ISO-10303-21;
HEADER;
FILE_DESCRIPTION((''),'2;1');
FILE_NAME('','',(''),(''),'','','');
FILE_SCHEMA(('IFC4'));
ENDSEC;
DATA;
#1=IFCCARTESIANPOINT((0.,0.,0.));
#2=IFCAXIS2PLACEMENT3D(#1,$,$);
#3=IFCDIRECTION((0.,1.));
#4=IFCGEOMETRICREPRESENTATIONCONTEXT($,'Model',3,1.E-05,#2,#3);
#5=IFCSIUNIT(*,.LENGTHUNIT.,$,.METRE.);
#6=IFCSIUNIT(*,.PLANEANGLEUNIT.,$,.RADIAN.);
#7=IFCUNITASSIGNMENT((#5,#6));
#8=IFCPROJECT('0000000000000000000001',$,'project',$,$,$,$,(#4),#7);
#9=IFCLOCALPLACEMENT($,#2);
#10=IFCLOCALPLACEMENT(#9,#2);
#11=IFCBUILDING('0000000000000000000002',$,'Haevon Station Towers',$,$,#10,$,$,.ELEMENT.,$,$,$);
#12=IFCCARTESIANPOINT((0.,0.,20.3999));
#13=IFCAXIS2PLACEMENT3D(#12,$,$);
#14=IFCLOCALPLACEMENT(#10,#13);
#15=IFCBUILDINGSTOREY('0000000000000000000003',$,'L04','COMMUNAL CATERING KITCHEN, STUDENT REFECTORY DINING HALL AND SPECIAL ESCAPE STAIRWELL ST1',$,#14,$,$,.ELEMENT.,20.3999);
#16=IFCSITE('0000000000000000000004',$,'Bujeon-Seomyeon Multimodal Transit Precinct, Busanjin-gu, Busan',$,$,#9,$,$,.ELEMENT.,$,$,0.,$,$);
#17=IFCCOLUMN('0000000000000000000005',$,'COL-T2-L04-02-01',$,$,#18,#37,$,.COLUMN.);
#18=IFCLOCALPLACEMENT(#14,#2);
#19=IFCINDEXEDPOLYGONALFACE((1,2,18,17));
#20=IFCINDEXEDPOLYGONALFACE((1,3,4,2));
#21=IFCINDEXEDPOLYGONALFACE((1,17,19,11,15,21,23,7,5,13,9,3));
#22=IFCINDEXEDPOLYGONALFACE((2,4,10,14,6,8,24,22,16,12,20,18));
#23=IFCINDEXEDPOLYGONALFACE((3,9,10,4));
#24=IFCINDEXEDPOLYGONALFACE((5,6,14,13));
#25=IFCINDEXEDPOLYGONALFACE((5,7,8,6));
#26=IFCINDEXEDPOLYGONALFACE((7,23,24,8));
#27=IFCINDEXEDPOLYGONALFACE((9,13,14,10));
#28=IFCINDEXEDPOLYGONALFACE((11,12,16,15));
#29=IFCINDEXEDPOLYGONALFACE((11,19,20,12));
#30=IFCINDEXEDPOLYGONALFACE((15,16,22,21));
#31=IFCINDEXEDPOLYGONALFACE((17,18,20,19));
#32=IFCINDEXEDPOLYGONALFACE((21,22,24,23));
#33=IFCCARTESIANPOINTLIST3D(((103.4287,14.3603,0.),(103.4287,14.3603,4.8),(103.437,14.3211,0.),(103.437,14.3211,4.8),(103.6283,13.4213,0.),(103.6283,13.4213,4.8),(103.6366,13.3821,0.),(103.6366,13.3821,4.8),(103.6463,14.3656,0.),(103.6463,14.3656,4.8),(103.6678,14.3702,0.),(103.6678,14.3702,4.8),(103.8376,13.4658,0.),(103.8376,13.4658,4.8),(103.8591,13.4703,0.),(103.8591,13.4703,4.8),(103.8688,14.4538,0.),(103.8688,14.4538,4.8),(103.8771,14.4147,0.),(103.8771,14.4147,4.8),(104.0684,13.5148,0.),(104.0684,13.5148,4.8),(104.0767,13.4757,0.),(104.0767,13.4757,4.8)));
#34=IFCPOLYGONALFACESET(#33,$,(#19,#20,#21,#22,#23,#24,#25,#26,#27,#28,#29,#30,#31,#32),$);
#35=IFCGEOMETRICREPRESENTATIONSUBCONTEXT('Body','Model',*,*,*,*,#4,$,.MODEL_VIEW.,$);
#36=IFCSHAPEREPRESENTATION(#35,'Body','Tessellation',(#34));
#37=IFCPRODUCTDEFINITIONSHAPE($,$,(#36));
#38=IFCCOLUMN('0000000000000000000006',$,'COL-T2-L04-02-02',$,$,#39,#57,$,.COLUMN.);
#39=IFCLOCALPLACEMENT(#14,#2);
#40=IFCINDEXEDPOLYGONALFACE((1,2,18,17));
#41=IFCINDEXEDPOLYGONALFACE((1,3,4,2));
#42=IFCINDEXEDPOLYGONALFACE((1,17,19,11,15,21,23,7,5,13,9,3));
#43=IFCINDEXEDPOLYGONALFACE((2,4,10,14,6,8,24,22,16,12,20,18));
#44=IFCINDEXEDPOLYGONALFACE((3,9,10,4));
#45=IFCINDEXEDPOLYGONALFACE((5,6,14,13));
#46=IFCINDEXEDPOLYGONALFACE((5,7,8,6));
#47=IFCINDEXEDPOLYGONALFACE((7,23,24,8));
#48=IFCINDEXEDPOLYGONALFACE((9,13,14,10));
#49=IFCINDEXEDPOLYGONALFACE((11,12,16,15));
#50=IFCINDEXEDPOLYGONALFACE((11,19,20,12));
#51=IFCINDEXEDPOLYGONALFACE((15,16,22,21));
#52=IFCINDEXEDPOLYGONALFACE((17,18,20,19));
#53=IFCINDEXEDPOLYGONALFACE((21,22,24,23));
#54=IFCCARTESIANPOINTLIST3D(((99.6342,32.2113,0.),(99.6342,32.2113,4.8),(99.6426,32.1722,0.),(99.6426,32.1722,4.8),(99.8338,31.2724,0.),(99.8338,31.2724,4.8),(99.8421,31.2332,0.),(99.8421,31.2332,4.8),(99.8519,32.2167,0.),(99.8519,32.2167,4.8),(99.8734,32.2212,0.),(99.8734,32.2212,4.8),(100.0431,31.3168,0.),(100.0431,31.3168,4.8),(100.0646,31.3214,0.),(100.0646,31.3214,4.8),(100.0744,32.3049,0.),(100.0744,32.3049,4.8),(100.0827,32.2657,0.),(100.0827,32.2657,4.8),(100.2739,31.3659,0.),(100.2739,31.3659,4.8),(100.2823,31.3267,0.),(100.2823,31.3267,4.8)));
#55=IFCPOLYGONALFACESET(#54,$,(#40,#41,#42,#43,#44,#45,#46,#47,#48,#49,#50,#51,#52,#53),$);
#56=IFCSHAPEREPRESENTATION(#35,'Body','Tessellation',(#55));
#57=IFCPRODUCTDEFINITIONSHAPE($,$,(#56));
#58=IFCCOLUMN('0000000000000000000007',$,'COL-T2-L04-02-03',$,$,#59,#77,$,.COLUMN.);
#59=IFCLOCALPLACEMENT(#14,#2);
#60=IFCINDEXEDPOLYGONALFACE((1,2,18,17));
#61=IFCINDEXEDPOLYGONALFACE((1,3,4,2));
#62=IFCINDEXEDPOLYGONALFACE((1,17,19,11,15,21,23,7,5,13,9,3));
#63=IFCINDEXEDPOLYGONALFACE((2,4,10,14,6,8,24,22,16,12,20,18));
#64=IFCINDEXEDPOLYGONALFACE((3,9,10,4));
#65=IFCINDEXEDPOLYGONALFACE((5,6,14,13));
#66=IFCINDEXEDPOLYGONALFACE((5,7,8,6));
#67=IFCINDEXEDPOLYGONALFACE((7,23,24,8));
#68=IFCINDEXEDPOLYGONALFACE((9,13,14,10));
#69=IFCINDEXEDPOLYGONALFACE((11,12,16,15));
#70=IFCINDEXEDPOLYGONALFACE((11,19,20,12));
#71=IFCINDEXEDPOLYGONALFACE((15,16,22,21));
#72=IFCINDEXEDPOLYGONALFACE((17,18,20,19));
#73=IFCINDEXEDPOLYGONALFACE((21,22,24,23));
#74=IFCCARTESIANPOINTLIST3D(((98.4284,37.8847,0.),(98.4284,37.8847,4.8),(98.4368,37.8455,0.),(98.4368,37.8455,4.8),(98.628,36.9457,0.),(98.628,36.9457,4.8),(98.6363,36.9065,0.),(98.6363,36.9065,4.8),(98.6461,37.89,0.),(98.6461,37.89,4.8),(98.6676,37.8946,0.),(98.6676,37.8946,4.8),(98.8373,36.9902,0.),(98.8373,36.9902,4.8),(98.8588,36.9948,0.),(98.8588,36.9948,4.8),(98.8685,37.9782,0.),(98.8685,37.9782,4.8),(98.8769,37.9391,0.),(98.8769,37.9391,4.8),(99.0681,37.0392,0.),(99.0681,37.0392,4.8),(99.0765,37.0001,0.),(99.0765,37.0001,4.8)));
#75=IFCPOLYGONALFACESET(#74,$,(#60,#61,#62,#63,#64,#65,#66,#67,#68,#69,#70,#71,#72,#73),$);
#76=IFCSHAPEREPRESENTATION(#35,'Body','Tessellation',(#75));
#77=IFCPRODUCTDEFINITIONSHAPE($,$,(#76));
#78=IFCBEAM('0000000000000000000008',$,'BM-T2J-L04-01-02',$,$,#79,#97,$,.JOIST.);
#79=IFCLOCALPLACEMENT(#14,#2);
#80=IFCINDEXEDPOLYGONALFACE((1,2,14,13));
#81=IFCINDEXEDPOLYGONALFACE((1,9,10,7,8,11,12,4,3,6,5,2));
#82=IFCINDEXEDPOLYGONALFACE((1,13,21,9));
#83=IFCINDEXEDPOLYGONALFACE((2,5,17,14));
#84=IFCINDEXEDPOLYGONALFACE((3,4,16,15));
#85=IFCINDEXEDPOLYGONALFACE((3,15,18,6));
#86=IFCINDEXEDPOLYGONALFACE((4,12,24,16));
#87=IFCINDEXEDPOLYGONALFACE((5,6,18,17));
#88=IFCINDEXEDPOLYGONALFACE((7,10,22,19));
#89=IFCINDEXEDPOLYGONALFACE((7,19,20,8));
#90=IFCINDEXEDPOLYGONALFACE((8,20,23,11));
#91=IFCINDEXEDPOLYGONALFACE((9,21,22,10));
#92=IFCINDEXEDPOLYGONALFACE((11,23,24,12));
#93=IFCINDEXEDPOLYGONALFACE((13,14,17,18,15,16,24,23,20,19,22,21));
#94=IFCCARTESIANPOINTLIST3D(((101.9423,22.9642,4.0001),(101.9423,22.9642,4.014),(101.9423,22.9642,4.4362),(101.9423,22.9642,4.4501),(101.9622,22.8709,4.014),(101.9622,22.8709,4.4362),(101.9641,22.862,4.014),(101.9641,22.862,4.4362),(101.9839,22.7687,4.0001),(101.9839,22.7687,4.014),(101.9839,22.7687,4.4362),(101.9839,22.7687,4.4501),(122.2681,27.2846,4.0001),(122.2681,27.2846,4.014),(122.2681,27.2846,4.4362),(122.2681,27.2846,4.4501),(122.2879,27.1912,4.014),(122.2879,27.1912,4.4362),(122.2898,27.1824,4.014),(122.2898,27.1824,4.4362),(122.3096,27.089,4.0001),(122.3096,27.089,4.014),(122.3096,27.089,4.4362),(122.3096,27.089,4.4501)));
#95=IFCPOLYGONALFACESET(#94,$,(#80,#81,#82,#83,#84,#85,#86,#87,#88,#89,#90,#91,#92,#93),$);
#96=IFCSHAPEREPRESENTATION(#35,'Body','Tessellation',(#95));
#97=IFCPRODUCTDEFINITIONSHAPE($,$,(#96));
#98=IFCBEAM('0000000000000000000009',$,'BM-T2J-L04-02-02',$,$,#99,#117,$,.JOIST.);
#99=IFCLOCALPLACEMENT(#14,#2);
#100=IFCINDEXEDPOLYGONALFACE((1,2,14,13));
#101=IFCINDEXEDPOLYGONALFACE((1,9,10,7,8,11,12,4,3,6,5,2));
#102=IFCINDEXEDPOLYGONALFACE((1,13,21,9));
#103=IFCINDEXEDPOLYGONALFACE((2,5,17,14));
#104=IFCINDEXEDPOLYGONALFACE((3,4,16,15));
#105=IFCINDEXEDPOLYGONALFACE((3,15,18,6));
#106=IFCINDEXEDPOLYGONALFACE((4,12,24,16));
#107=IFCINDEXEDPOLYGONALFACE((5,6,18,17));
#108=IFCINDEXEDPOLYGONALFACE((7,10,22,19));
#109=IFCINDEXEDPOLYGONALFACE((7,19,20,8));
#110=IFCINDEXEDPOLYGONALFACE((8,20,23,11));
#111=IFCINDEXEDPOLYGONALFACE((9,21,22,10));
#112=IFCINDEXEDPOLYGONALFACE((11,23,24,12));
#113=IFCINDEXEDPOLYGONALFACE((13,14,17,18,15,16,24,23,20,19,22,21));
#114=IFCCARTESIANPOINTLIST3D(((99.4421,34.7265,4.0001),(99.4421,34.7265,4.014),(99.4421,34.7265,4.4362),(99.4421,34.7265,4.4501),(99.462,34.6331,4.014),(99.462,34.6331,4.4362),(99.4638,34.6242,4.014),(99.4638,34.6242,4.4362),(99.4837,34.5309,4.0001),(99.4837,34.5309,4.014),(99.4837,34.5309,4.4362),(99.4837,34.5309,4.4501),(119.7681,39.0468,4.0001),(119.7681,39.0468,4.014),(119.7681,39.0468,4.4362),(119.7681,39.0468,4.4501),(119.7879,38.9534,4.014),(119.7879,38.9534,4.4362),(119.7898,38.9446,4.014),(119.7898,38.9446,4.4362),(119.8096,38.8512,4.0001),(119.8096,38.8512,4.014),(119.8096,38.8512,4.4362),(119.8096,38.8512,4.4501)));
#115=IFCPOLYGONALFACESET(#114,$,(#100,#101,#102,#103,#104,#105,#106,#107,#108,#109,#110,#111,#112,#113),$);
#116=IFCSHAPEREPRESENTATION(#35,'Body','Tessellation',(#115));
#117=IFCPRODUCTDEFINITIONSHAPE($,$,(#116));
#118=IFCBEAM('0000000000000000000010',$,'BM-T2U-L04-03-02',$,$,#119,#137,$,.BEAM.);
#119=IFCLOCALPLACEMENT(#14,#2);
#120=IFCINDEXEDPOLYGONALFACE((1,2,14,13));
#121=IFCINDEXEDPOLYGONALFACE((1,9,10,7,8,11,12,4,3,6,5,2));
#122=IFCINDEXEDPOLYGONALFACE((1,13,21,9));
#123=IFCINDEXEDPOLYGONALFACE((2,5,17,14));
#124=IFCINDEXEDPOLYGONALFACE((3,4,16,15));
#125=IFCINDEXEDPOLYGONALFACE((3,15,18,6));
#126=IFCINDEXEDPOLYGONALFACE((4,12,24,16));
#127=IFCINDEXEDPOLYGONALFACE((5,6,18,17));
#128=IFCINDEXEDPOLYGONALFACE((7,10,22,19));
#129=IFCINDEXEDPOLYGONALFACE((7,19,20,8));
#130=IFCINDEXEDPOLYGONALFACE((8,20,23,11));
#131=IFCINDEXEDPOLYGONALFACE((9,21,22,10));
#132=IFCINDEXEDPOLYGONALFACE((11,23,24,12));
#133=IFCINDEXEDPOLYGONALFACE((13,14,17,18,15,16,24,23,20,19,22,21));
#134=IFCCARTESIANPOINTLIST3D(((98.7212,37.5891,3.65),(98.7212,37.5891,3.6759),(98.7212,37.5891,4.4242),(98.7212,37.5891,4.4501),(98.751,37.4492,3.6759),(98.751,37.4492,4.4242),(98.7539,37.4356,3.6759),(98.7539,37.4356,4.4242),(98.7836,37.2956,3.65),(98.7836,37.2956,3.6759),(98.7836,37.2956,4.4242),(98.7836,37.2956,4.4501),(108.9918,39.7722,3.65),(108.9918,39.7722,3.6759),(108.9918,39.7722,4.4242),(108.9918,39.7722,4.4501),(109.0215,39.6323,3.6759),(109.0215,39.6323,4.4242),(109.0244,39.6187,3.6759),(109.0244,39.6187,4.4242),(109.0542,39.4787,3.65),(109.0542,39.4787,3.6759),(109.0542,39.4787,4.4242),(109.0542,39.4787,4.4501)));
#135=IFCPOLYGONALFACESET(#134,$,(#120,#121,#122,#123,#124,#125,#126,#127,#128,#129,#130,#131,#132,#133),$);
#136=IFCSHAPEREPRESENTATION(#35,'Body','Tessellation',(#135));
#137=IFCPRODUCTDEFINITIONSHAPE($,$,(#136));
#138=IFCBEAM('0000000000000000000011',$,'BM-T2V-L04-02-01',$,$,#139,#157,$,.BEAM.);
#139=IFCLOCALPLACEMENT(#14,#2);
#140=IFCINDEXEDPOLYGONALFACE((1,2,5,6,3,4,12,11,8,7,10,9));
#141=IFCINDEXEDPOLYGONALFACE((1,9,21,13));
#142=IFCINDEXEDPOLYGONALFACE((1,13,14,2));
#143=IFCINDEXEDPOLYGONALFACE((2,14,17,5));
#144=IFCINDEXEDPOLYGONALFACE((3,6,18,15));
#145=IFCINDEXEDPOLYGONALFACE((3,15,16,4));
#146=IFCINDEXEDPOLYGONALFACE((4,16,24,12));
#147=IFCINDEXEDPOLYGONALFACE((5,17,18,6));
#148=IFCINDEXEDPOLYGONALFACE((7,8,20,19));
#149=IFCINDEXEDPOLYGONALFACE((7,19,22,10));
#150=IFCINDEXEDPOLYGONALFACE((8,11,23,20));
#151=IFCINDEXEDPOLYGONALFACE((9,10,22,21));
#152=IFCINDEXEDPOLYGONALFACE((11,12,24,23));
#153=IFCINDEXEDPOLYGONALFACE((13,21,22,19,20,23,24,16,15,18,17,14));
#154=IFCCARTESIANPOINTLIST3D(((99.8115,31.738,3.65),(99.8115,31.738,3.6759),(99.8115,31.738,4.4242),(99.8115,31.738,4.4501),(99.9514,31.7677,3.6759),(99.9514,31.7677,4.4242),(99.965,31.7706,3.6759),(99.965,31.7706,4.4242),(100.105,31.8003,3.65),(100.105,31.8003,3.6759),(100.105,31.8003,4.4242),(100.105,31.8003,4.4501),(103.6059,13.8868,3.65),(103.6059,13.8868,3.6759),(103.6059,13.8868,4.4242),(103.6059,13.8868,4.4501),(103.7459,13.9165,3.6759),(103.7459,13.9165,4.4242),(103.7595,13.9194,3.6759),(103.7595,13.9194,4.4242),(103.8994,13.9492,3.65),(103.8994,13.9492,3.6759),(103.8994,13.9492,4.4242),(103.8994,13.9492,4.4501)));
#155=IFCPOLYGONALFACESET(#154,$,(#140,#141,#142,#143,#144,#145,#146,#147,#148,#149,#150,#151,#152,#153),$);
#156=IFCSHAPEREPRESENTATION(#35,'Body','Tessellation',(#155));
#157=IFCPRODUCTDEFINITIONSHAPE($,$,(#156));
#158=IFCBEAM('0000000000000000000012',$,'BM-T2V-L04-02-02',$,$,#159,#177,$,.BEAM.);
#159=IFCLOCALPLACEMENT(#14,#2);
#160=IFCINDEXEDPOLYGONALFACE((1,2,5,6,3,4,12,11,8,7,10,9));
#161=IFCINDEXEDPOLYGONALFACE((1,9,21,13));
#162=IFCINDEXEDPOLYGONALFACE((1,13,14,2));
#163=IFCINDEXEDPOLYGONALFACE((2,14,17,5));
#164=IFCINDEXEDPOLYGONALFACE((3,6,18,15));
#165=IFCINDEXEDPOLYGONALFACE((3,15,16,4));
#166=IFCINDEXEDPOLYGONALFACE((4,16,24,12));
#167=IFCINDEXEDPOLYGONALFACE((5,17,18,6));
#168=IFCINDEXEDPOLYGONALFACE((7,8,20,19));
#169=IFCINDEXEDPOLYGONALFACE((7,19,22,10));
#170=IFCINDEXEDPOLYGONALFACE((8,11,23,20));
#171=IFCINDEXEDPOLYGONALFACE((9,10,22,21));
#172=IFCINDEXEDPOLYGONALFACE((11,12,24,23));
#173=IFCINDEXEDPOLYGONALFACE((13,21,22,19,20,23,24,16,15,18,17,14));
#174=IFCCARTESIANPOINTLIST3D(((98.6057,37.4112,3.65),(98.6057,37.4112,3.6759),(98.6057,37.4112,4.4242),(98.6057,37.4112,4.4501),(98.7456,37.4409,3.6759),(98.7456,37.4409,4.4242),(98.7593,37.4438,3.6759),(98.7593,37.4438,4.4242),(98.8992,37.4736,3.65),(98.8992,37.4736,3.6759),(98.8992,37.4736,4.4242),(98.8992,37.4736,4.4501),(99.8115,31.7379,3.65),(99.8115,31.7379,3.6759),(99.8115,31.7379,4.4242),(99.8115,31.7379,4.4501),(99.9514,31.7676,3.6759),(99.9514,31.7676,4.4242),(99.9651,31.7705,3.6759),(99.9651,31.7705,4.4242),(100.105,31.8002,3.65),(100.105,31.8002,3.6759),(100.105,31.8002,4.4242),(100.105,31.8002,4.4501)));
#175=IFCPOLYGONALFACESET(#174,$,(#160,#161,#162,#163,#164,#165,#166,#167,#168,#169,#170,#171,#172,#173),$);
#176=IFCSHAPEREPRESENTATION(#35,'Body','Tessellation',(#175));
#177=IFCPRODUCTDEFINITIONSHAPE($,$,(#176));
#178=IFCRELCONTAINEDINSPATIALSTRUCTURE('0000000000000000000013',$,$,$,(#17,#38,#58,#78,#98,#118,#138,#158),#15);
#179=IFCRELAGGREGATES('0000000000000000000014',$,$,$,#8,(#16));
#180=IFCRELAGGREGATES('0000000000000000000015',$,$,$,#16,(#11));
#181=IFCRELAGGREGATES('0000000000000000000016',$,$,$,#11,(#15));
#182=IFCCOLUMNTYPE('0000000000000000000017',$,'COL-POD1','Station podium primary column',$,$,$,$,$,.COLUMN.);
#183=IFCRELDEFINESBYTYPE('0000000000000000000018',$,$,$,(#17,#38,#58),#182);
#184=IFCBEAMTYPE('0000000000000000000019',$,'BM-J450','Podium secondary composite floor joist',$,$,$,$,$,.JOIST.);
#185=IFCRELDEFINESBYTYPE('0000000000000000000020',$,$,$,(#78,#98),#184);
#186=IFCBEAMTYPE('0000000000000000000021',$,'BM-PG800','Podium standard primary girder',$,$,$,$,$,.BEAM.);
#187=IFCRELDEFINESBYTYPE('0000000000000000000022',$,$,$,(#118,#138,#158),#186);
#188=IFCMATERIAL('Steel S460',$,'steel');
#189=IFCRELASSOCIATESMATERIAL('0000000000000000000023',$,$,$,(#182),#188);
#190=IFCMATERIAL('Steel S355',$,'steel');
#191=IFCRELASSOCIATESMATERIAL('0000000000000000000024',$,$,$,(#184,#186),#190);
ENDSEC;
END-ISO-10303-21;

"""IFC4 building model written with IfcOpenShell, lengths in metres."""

from ifc_helpers import new_model, si_unit, direction, frame, origin, origin_2d, place, context, subcontext, project, spatial, i_section, extrude, material, material_profile, profile_set, type_object, element, save


model = new_model("IFC4")

# Units and contexts
model_context = context("Model", 3, precision=1e-05, world=origin(), true_north=direction((0.0, 1.0)))
body_context = subcontext(model_context, "Body", "Model", "MODEL_VIEW")
ifc_project = project(units=[si_unit("LENGTHUNIT", "METRE"), si_unit("PLANEANGLEUNIT", "RADIAN")], contexts=[model_context])

# Site, building, storey
site_placement = place(None, origin())
site = spatial("IfcSite", under=ifc_project, at=site_placement, Name="Bujeon-Seomyeon Multimodal Transit Precinct, Busanjin-gu, Busan", CompositionType="ELEMENT", RefElevation=0.0)
building_placement = place(site_placement, origin())
building = spatial("IfcBuilding", under=site, at=building_placement, Name="Haevon Station Towers", CompositionType="ELEMENT")
storey_placement = place(building_placement, frame((0.0, 0.0, 20.3999)))
storey = spatial("IfcBuildingStorey", under=building, at=storey_placement, Name="L04", Description="COMMUNAL CATERING KITCHEN, STUDENT REFECTORY DINING HALL AND SPECIAL ESCAPE STAIRWELL ST1", CompositionType="ELEMENT", Elevation=20.3999)

# Columns
ifc_material_1 = material(Name="Steel S460", Category="steel")
ifc_material_profile_1 = material_profile(ifc_material_1, i_section(OverallWidth=0.45, OverallDepth=1.0, WebThickness=0.022, FlangeThickness=0.04, at=origin_2d()), Name="H-1000x450x22x40")
ifc_profile_set_1 = profile_set([ifc_material_profile_1], Name="Steel S460")
column_type = type_object("IfcColumnType", Name="COL-POD1", Description="Station podium primary column", PredefinedType="COLUMN", material=ifc_profile_set_1)
for number, where, z_axis, x_axis, name in (
    (1, (103.7527, 13.918, 0.0), (0.0, 0.0, 1.0), (0.978148, 0.207912, 0.0), "COL-T2-L04-02-01"),
    (2, (99.9583, 31.769, 0.0), (0.0, 0.0, 1.0), (0.978148, 0.207912, 0.0), "COL-T2-L04-02-02"),
    (3, (98.7524, 37.4424, 0.0), (0.0, 0.0, 1.0), (0.978148, 0.207912, 0.0), "COL-T2-L04-02-03"),
):
    element("IfcColumn", number, at=place(storey_placement, frame(where, z_axis=z_axis, x_axis=x_axis)), inside=storey, type_object=column_type, Name=name, PredefinedType="COLUMN", context=body_context, shape_type="SweptSolid", body=[
        extrude(i_section(OverallWidth=0.45, OverallDepth=1.0, WebThickness=0.022, FlangeThickness=0.04, at=origin_2d()), origin(), (0.0, 0.0, 1.0), 4.8),
    ])

# Beams
ifc_material_2 = material(Name="Steel S355", Category="steel")
ifc_material_profile_2 = material_profile(ifc_material_2, i_section(OverallWidth=0.2, OverallDepth=0.45, WebThickness=0.009, FlangeThickness=0.0139, at=origin_2d()), Name="H-450x200x9x14")
ifc_profile_set_2 = profile_set([ifc_material_profile_2], Name="Steel S355")
beam_type_1 = type_object("IfcBeamType", Name="BM-J450", Description="Podium secondary composite floor joist", PredefinedType="JOIST", material=ifc_profile_set_2)
beam_1_placement = place(storey_placement, frame((101.9631, 22.8665, 4.2251), z_axis=(0.978148, 0.20791, 0.0), x_axis=(-0.20791, 0.978148, 0.0)))
element("IfcBeam", 4, at=beam_1_placement, inside=storey, type_object=beam_type_1, Name="BM-T2J-L04-01-02", PredefinedType="JOIST", context=body_context, shape_type="SweptSolid", body=[
    extrude(i_section(OverallWidth=0.2, OverallDepth=0.45, WebThickness=0.009, FlangeThickness=0.0139, at=origin_2d()), origin(), (0.0, 0.0, 1.0), 20.7798),
])
beam_2_placement = place(storey_placement, frame((99.4629, 34.6287, 4.2251), z_axis=(0.978149, 0.207907, 0.0), x_axis=(-0.207907, 0.978149, 0.0)))
element("IfcBeam", 5, at=beam_2_placement, inside=storey, type_object=beam_type_1, Name="BM-T2J-L04-02-02", PredefinedType="JOIST", context=body_context, shape_type="SweptSolid", body=[
    extrude(i_section(OverallWidth=0.2, OverallDepth=0.45, WebThickness=0.009, FlangeThickness=0.0139, at=origin_2d()), origin(), (0.0, 0.0, 1.0), 20.78),
])
ifc_material_profile_3 = material_profile(ifc_material_2, i_section(OverallWidth=0.3, OverallDepth=0.8, WebThickness=0.0139, FlangeThickness=0.0259, at=origin_2d()), Name="H-800x300x14x26")
ifc_profile_set_3 = profile_set([ifc_material_profile_3], Name="Steel S355")
beam_type_2 = type_object("IfcBeamType", Name="BM-PG800", Description="Podium standard primary girder", PredefinedType="BEAM", material=ifc_profile_set_3)
beam_3_placement = place(storey_placement, frame((98.7524, 37.4424, 4.05), z_axis=(0.978147, 0.207915, 0.0), x_axis=(-0.207915, 0.978147, 0.0)))
element("IfcBeam", 6, at=beam_3_placement, inside=storey, type_object=beam_type_2, Name="BM-T2U-L04-03-02", PredefinedType="BEAM", context=body_context, shape_type="SweptSolid", body=[
    extrude(i_section(OverallWidth=0.3, OverallDepth=0.8, WebThickness=0.0139, FlangeThickness=0.0259, at=origin_2d()), origin(), (0.0, 0.0, 1.0), 10.5),
])
beam_4_placement = place(storey_placement, frame((103.7527, 13.918, 4.05), z_axis=(-0.207915, 0.978147, 0.0), x_axis=(-0.978147, -0.207915, 0.0)))
element("IfcBeam", 7, at=beam_4_placement, inside=storey, type_object=beam_type_2, Name="BM-T2V-L04-02-01", PredefinedType="BEAM", context=body_context, shape_type="SweptSolid", body=[
    extrude(i_section(OverallWidth=0.3, OverallDepth=0.8, WebThickness=0.0139, FlangeThickness=0.0259, at=origin_2d()), origin(), (0.0, 0.0, 1.0), 18.25),
])
beam_5_placement = place(storey_placement, frame((99.9583, 31.769, 4.05), z_axis=(-0.207896, 0.978151, 0.0), x_axis=(-0.978151, -0.207896, 0.0)))
element("IfcBeam", 8, at=beam_5_placement, inside=storey, type_object=beam_type_2, Name="BM-T2V-L04-02-02", PredefinedType="BEAM", context=body_context, shape_type="SweptSolid", body=[
    extrude(i_section(OverallWidth=0.3, OverallDepth=0.8, WebThickness=0.0139, FlangeThickness=0.0259, at=origin_2d()), origin(), (0.0, 0.0, 1.0), 5.8),
])

save(model, "model.ifc")
